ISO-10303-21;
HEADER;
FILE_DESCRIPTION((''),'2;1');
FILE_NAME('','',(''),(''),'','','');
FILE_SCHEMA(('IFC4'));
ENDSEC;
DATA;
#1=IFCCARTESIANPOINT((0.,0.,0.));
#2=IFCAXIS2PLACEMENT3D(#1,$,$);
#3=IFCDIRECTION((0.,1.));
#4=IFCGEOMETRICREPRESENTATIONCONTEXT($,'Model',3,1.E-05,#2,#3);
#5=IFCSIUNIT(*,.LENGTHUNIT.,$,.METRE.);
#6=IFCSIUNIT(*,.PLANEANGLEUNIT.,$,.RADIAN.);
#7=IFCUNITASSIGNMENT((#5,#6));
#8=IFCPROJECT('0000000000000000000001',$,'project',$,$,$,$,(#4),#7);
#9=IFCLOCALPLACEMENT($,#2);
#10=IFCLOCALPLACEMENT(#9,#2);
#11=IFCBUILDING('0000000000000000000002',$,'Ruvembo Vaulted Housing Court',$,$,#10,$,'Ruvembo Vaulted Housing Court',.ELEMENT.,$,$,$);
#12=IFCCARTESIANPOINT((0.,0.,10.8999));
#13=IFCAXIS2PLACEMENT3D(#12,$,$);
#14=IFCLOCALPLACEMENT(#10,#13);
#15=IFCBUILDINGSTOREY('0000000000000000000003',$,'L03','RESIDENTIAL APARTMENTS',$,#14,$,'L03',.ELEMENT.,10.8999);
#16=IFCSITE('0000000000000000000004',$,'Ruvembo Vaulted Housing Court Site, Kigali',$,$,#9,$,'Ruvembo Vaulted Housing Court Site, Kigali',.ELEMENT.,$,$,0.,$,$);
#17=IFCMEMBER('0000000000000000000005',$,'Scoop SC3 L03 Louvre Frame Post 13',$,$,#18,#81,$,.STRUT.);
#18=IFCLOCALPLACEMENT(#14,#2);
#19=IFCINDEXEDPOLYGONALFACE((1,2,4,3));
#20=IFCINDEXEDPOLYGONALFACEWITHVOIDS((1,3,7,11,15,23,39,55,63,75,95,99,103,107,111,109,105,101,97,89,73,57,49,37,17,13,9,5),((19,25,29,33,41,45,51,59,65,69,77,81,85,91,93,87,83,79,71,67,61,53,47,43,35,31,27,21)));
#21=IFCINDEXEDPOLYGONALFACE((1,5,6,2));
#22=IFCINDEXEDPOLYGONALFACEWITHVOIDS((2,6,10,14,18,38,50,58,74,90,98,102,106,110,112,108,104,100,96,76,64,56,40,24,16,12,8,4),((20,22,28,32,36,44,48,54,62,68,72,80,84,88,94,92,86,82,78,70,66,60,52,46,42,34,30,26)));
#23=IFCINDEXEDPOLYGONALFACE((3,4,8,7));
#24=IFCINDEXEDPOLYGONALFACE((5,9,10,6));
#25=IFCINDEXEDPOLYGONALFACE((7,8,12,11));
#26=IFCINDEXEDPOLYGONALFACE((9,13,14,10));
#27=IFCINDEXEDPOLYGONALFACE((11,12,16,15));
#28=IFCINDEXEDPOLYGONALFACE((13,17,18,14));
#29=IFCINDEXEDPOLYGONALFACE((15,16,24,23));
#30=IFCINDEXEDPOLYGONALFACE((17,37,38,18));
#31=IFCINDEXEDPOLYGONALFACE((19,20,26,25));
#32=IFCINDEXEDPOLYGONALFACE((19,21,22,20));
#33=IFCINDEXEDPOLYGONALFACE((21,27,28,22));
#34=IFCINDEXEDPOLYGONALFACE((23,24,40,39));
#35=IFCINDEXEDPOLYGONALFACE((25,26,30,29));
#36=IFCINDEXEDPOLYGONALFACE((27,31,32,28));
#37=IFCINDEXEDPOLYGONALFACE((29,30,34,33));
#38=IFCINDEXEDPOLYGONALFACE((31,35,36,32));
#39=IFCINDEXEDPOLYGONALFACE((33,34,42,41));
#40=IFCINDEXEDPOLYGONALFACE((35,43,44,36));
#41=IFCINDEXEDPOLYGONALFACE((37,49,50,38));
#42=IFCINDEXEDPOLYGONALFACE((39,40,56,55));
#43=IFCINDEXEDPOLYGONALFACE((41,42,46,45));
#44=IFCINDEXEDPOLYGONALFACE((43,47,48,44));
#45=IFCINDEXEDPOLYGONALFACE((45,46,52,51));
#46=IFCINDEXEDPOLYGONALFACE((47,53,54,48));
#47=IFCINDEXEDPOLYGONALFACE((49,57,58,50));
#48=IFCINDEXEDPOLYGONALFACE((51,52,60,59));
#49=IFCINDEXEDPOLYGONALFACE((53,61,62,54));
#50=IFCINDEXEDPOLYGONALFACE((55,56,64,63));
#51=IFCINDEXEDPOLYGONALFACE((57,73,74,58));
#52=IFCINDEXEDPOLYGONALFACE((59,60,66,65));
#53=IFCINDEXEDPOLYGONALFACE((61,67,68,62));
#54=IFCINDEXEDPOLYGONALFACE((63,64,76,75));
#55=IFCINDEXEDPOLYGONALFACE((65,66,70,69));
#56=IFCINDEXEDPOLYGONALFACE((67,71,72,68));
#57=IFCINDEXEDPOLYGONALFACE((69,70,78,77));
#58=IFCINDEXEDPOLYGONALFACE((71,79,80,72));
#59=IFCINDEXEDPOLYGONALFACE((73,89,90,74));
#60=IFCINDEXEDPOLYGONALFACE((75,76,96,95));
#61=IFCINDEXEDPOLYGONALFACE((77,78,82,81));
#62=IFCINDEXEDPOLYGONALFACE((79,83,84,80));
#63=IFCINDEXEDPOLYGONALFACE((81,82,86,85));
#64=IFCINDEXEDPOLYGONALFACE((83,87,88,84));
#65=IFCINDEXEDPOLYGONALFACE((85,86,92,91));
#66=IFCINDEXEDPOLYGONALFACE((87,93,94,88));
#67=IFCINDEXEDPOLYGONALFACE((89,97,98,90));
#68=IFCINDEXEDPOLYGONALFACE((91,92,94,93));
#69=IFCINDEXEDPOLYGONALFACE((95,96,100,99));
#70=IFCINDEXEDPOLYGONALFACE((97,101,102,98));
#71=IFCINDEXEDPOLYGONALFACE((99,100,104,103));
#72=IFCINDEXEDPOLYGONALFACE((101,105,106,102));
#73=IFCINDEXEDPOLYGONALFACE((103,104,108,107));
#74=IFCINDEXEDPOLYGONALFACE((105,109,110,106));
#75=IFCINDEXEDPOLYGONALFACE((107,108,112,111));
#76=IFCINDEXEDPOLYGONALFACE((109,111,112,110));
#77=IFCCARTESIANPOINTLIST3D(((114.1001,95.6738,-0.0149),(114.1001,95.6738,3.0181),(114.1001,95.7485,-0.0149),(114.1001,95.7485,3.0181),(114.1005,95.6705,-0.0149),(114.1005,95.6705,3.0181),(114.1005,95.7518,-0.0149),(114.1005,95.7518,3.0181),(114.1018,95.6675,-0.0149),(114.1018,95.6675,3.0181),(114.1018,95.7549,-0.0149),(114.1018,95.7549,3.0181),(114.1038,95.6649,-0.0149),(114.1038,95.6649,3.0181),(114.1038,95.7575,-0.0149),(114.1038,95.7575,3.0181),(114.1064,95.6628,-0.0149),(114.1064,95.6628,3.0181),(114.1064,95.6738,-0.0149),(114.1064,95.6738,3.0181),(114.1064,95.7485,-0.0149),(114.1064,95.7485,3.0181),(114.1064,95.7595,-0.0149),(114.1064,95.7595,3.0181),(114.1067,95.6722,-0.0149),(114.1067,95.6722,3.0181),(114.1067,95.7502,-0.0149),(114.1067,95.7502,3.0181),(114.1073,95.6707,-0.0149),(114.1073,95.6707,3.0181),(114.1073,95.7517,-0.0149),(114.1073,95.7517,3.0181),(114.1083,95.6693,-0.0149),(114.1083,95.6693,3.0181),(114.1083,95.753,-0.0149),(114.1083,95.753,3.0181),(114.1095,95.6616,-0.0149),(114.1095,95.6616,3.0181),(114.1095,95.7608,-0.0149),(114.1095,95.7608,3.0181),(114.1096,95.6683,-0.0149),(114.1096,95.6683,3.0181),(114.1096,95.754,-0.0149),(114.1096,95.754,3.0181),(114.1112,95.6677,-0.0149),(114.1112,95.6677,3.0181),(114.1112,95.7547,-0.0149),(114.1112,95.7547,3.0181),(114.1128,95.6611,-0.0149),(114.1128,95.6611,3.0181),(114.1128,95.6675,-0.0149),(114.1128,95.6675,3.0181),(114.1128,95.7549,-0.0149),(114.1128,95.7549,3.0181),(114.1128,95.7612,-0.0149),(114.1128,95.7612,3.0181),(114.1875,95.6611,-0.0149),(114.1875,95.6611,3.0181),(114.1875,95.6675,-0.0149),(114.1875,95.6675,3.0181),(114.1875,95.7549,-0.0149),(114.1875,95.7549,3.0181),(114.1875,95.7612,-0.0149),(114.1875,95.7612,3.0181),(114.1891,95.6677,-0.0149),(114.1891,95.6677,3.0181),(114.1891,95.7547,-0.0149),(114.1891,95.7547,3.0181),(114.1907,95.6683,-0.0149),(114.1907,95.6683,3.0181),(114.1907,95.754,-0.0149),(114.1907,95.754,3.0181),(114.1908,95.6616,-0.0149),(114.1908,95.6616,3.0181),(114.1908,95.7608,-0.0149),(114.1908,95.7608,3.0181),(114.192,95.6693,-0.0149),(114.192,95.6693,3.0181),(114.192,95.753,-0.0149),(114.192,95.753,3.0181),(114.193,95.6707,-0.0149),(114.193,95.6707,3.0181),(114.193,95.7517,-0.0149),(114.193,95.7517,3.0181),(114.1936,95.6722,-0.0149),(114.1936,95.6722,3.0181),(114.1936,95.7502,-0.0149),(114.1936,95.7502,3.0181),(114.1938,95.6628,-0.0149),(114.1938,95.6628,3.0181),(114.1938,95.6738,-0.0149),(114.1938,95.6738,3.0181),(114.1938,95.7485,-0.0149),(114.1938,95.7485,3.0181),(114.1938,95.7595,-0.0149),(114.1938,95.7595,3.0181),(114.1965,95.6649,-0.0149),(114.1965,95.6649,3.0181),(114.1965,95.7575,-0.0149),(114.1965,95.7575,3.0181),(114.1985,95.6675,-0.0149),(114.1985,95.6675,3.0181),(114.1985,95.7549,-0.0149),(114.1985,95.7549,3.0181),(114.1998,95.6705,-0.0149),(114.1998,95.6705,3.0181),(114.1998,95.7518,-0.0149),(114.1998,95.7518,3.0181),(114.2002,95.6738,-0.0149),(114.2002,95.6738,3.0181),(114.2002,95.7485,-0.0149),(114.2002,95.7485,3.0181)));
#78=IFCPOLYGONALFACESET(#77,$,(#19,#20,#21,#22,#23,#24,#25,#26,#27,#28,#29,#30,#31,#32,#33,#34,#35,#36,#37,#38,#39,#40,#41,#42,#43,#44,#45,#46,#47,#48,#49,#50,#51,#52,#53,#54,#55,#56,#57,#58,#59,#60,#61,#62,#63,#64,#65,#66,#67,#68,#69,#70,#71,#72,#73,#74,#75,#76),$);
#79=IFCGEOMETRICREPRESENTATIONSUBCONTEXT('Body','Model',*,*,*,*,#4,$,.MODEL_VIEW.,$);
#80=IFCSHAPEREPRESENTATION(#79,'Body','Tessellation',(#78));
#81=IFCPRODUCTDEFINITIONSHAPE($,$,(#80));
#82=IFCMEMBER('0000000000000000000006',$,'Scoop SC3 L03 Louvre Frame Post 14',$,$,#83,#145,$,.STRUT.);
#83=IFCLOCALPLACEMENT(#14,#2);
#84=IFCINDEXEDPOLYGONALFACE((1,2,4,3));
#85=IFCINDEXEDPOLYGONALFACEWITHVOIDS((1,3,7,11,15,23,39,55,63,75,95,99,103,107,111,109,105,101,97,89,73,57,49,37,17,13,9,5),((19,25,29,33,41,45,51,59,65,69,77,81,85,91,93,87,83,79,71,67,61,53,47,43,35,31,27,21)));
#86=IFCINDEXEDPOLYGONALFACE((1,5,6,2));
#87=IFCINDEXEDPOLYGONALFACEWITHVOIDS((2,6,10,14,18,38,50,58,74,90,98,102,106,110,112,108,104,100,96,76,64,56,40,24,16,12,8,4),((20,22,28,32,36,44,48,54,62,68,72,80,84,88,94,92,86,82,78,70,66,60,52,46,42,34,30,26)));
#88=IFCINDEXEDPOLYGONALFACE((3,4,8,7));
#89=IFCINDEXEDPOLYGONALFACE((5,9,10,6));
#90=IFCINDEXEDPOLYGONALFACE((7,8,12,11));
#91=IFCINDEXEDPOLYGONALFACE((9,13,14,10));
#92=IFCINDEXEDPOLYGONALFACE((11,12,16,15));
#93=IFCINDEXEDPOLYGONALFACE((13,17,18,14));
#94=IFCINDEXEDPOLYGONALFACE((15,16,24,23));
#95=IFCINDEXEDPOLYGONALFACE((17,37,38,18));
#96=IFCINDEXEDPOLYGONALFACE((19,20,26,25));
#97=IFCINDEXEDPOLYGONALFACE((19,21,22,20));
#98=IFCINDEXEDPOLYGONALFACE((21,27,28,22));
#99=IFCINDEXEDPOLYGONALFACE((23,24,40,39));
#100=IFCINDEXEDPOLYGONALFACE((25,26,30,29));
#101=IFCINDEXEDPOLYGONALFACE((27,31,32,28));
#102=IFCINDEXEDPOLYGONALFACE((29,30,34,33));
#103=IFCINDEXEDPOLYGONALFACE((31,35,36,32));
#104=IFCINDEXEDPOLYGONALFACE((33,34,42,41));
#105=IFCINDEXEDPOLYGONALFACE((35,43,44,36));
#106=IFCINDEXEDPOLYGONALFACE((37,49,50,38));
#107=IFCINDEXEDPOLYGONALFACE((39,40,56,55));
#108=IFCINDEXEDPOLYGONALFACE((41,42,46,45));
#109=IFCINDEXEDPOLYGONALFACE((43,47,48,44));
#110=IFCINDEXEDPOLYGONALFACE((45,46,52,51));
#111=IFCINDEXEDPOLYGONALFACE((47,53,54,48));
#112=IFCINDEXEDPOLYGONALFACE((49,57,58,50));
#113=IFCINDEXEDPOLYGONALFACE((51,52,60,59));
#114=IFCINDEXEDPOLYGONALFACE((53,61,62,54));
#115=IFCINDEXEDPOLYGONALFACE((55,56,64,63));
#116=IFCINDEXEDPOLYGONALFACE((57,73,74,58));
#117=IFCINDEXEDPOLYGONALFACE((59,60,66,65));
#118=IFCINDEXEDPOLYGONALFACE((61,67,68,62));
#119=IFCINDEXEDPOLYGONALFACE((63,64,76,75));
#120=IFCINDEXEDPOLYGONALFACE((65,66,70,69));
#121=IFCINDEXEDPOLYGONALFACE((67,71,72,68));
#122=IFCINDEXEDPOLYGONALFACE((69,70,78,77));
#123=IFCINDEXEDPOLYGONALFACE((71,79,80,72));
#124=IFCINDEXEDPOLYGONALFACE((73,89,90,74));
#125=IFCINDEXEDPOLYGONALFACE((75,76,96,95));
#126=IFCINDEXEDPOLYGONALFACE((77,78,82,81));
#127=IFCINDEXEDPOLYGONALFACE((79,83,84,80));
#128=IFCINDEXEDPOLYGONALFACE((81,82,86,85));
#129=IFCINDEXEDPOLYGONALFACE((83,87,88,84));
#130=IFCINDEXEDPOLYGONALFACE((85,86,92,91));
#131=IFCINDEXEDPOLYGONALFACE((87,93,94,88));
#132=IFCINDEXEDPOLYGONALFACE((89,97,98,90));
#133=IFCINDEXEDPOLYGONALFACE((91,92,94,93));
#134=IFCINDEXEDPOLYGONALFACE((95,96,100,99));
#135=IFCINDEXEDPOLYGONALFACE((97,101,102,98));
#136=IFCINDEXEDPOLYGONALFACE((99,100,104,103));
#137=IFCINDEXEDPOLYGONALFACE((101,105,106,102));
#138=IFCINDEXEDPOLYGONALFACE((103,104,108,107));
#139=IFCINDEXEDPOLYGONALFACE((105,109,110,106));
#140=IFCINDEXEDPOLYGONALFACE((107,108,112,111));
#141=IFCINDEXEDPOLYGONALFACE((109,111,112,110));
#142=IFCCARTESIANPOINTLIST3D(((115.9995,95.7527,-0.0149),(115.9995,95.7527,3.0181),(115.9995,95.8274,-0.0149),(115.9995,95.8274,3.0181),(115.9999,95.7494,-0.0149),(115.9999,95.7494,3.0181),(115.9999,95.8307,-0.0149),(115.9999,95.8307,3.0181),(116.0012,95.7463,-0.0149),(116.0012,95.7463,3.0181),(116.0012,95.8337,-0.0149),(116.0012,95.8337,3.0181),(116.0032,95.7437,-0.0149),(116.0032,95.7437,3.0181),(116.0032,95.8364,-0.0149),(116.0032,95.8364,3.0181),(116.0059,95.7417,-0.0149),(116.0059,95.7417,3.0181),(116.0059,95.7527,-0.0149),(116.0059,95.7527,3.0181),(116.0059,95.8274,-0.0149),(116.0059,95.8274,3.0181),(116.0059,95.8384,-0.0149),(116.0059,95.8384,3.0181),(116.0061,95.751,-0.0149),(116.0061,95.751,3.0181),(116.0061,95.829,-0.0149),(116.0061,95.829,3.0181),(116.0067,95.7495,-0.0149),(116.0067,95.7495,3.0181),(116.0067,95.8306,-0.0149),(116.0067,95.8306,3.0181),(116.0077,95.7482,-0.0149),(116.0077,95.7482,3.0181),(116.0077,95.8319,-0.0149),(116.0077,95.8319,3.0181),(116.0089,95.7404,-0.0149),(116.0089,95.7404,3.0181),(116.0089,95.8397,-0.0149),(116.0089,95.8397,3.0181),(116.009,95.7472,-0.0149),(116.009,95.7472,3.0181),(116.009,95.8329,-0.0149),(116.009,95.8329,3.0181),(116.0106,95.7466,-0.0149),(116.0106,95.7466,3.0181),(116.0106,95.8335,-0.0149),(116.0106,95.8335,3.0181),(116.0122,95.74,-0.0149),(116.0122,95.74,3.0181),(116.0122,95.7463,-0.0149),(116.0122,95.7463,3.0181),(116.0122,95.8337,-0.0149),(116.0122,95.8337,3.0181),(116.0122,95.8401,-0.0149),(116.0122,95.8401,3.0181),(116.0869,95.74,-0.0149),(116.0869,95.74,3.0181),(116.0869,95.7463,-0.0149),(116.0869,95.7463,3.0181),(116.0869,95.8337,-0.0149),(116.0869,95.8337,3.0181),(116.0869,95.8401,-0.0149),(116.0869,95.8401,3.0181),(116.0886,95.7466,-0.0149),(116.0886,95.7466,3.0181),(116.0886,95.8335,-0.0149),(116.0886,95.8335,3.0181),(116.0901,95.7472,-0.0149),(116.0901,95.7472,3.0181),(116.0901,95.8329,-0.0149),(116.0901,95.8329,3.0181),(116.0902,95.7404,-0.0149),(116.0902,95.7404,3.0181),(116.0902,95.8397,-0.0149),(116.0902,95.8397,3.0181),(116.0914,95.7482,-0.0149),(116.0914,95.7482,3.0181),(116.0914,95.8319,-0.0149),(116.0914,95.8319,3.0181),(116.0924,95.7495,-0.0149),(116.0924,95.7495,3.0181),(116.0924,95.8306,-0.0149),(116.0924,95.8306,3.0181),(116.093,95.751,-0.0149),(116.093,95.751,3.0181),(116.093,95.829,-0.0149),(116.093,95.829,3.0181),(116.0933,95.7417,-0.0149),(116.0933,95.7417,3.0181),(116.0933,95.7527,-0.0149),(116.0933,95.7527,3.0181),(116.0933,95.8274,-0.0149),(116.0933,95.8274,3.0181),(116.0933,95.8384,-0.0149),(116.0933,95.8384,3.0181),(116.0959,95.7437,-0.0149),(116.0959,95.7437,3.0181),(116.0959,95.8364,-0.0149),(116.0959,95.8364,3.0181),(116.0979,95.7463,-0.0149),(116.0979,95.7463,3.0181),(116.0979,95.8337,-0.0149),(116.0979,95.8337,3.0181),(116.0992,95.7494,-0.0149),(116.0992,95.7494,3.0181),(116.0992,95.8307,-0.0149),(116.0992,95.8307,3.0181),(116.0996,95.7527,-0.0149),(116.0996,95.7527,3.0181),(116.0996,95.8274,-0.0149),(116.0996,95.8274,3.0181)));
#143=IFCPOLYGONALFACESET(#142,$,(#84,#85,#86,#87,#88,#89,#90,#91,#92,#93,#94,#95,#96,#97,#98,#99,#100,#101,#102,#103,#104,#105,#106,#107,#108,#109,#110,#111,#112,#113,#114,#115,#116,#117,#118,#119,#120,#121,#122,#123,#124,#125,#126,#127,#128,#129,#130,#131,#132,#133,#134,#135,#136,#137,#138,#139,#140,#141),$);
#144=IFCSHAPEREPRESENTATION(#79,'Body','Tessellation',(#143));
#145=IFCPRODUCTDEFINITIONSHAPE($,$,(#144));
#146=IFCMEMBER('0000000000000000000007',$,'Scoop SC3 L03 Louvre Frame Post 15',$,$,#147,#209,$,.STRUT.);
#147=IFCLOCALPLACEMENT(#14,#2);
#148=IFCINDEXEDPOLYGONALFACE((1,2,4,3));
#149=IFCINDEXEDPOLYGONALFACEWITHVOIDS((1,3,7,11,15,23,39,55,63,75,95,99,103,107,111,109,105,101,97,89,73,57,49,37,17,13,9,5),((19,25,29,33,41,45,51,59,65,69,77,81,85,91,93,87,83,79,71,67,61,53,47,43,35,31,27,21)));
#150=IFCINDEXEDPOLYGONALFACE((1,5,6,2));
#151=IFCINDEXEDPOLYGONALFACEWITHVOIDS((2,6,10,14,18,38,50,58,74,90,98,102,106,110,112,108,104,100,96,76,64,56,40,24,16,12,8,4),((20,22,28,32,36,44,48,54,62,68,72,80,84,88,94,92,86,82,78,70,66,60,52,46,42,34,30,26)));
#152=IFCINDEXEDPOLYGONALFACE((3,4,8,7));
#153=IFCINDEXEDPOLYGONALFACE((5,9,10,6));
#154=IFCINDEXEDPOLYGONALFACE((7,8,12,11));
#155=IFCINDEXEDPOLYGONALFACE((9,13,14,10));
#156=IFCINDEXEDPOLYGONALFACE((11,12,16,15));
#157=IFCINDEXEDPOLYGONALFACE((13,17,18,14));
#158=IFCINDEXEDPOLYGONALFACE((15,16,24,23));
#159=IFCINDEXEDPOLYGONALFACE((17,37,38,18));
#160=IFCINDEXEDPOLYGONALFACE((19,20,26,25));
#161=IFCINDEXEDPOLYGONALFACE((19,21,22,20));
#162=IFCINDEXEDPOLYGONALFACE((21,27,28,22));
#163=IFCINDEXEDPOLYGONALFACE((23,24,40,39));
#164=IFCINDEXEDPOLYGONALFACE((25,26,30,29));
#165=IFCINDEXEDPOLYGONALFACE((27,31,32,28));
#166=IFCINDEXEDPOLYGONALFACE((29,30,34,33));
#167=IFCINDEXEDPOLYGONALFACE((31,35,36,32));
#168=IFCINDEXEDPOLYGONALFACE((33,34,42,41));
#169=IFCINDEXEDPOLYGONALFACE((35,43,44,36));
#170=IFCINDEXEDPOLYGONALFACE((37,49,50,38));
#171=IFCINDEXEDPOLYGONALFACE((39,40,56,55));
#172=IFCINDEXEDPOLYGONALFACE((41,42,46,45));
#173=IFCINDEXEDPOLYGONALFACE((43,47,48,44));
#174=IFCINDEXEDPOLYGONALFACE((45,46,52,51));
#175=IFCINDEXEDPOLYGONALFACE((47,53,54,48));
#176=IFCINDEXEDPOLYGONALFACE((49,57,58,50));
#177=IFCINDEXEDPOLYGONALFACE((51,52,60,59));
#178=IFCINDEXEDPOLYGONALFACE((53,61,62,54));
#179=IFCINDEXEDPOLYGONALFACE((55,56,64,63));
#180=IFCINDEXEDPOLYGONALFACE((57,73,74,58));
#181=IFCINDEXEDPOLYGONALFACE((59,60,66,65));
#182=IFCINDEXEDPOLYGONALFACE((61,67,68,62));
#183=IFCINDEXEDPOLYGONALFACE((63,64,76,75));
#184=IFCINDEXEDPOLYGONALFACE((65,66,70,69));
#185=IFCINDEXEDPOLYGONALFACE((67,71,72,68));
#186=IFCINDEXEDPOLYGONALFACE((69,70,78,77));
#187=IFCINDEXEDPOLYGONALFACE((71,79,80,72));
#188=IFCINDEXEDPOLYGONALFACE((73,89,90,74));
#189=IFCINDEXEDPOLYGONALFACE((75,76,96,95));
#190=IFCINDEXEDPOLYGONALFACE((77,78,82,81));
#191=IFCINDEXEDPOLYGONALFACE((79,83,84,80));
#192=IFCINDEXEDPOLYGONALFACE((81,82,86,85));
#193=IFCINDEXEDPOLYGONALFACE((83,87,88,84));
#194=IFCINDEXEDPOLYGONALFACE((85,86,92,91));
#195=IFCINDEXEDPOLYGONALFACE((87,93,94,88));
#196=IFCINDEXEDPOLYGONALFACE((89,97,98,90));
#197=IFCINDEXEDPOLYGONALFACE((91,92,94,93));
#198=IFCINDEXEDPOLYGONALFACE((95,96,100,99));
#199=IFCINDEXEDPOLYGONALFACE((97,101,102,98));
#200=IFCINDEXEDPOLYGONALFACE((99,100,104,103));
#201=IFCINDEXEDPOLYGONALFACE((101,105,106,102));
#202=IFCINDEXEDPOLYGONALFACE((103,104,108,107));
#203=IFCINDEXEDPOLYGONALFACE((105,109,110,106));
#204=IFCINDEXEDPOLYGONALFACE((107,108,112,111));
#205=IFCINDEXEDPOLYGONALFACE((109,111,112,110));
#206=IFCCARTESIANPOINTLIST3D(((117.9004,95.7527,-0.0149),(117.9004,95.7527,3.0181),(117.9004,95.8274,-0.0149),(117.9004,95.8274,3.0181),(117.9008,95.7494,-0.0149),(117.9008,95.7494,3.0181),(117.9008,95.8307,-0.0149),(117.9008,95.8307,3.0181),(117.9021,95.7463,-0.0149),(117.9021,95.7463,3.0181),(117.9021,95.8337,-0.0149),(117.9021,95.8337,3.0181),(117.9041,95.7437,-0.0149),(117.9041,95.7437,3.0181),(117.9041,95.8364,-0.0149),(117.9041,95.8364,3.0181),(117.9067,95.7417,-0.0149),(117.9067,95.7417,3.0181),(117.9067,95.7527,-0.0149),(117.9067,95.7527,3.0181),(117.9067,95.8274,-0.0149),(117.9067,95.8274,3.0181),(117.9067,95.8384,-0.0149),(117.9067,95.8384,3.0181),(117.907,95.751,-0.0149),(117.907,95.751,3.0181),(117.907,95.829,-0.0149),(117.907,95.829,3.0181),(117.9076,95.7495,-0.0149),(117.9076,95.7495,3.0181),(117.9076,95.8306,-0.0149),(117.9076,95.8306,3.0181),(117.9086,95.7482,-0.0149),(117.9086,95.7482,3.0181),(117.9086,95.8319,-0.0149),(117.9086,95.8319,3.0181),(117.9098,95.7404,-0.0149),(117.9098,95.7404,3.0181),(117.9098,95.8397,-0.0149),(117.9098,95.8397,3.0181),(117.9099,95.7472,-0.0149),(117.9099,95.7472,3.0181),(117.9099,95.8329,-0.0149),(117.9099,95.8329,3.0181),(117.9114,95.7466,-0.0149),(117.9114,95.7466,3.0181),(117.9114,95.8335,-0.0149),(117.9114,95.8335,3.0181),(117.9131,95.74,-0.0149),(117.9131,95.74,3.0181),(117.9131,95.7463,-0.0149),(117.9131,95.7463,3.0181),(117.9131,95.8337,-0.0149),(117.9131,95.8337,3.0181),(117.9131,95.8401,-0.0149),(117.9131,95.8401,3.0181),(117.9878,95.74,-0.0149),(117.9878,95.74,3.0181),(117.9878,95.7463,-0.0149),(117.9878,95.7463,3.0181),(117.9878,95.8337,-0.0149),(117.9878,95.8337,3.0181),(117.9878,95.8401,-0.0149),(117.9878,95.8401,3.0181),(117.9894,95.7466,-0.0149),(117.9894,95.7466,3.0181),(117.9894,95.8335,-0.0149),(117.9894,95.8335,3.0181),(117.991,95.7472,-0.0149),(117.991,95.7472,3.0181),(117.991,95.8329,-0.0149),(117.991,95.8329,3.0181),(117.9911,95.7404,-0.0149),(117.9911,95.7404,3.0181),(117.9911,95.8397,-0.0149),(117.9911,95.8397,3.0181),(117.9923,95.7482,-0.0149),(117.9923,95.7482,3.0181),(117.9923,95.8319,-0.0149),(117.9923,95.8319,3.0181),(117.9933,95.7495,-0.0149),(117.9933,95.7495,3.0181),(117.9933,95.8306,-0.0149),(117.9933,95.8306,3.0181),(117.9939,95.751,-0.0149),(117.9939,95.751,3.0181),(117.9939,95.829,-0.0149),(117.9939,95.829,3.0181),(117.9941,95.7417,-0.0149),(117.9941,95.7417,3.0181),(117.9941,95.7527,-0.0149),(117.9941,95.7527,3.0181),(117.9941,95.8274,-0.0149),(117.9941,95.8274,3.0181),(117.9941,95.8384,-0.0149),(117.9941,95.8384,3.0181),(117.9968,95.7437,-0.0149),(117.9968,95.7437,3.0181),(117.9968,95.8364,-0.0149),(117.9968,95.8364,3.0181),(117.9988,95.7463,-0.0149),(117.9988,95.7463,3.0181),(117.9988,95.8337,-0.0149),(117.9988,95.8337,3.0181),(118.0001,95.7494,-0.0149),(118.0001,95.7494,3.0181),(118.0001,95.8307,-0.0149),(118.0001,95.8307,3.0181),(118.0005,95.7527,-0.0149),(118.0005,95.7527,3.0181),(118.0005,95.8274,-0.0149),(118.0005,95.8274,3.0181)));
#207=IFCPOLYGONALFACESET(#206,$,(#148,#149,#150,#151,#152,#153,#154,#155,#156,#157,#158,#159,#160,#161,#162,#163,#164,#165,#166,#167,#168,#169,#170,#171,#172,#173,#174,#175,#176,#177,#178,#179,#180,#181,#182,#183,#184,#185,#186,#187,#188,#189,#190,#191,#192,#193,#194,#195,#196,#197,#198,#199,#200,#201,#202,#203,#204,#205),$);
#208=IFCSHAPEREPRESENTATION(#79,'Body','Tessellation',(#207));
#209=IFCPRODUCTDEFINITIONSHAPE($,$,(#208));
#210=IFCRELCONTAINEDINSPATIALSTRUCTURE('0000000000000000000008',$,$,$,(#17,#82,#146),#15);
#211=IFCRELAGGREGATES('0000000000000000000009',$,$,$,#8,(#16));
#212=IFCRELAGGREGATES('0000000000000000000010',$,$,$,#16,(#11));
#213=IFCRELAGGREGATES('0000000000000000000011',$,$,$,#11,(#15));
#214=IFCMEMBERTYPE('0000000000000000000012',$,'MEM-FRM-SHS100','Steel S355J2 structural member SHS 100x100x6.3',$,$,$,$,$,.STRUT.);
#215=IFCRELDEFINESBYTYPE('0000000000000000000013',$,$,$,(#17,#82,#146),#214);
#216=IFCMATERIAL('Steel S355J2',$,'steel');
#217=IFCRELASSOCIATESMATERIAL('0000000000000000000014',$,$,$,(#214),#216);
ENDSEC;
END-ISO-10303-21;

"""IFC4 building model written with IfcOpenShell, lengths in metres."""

from ifc_helpers import new_model, si_unit, direction, frame, origin, origin_2d, place, context, subcontext, project, spatial, hollow_rectangle, extrude, material, material_profile, profile_set, type_object, element, save


model = new_model("IFC4")

# Units and contexts
model_context = context("Model", 3, precision=1e-05, world=origin(), true_north=direction((0.0, 1.0)))
body_context = subcontext(model_context, "Body", "Model", "MODEL_VIEW")
ifc_project = project(units=[si_unit("LENGTHUNIT", "METRE"), si_unit("PLANEANGLEUNIT", "RADIAN")], contexts=[model_context])

# Site, building, storey
site_placement = place(None, origin())
site = spatial("IfcSite", under=ifc_project, at=site_placement, Name="Ruvembo Vaulted Housing Court Site, Kigali", LongName="Ruvembo Vaulted Housing Court Site, Kigali", CompositionType="ELEMENT", RefElevation=0.0)
building_placement = place(site_placement, origin())
building = spatial("IfcBuilding", under=site, at=building_placement, Name="Ruvembo Vaulted Housing Court", LongName="Ruvembo Vaulted Housing Court", CompositionType="ELEMENT")
storey_placement = place(building_placement, frame((0.0, 0.0, 10.8999)))
storey = spatial("IfcBuildingStorey", under=building, at=storey_placement, Name="L03", Description="RESIDENTIAL APARTMENTS", LongName="L03", CompositionType="ELEMENT", Elevation=10.8999)

# Shared definitions
ifc_material_1 = material(Name="Steel S355J2", Category="steel")

# Members
ifc_material_profile_1 = material_profile(ifc_material_1, hollow_rectangle(XDim=0.1001, YDim=0.1001, WallThickness=0.0063, InnerFilletRadius=0.0063, OuterFilletRadius=0.0127, at=origin_2d()), Name="SHS 100x100x6.3")
ifc_profile_set_1 = profile_set([ifc_material_profile_1], Name="Steel S355J2")
member_type_1 = type_object("IfcMemberType", Name="MEM-FRM-SHS100", Description="Steel S355J2 structural member SHS 100x100x6.3", PredefinedType="STRUT", material=ifc_profile_set_1)
for number, where, z_axis, x_axis, name in (
    (1, (114.1501, 95.7112, -0.0149), (0.0, 0.0, 1.0), (1.0, 0.0, 0.0), "Scoop SC3 L03 Louvre Frame Post 13"),
    (2, (116.0496, 95.79, -0.0149), (0.0, 0.0, 1.0), (1.0, 0.0, 0.0), "Scoop SC3 L03 Louvre Frame Post 14"),
    (3, (117.9504, 95.79, -0.0149), (0.0, 0.0, 1.0), (1.0, 0.0, 0.0), "Scoop SC3 L03 Louvre Frame Post 15"),
):
    element("IfcMember", number, at=place(storey_placement, frame(where, z_axis=z_axis, x_axis=x_axis)), inside=storey, type_object=member_type_1, Name=name, PredefinedType="STRUT", context=body_context, shape_type="SweptSolid", body=[
        extrude(hollow_rectangle(XDim=0.1001, YDim=0.1001, WallThickness=0.0063, InnerFilletRadius=0.0063, OuterFilletRadius=0.0127, at=origin_2d()), origin(), (0.0, 0.0, 1.0), 3.033),
    ])

save(model, "model.ifc")
